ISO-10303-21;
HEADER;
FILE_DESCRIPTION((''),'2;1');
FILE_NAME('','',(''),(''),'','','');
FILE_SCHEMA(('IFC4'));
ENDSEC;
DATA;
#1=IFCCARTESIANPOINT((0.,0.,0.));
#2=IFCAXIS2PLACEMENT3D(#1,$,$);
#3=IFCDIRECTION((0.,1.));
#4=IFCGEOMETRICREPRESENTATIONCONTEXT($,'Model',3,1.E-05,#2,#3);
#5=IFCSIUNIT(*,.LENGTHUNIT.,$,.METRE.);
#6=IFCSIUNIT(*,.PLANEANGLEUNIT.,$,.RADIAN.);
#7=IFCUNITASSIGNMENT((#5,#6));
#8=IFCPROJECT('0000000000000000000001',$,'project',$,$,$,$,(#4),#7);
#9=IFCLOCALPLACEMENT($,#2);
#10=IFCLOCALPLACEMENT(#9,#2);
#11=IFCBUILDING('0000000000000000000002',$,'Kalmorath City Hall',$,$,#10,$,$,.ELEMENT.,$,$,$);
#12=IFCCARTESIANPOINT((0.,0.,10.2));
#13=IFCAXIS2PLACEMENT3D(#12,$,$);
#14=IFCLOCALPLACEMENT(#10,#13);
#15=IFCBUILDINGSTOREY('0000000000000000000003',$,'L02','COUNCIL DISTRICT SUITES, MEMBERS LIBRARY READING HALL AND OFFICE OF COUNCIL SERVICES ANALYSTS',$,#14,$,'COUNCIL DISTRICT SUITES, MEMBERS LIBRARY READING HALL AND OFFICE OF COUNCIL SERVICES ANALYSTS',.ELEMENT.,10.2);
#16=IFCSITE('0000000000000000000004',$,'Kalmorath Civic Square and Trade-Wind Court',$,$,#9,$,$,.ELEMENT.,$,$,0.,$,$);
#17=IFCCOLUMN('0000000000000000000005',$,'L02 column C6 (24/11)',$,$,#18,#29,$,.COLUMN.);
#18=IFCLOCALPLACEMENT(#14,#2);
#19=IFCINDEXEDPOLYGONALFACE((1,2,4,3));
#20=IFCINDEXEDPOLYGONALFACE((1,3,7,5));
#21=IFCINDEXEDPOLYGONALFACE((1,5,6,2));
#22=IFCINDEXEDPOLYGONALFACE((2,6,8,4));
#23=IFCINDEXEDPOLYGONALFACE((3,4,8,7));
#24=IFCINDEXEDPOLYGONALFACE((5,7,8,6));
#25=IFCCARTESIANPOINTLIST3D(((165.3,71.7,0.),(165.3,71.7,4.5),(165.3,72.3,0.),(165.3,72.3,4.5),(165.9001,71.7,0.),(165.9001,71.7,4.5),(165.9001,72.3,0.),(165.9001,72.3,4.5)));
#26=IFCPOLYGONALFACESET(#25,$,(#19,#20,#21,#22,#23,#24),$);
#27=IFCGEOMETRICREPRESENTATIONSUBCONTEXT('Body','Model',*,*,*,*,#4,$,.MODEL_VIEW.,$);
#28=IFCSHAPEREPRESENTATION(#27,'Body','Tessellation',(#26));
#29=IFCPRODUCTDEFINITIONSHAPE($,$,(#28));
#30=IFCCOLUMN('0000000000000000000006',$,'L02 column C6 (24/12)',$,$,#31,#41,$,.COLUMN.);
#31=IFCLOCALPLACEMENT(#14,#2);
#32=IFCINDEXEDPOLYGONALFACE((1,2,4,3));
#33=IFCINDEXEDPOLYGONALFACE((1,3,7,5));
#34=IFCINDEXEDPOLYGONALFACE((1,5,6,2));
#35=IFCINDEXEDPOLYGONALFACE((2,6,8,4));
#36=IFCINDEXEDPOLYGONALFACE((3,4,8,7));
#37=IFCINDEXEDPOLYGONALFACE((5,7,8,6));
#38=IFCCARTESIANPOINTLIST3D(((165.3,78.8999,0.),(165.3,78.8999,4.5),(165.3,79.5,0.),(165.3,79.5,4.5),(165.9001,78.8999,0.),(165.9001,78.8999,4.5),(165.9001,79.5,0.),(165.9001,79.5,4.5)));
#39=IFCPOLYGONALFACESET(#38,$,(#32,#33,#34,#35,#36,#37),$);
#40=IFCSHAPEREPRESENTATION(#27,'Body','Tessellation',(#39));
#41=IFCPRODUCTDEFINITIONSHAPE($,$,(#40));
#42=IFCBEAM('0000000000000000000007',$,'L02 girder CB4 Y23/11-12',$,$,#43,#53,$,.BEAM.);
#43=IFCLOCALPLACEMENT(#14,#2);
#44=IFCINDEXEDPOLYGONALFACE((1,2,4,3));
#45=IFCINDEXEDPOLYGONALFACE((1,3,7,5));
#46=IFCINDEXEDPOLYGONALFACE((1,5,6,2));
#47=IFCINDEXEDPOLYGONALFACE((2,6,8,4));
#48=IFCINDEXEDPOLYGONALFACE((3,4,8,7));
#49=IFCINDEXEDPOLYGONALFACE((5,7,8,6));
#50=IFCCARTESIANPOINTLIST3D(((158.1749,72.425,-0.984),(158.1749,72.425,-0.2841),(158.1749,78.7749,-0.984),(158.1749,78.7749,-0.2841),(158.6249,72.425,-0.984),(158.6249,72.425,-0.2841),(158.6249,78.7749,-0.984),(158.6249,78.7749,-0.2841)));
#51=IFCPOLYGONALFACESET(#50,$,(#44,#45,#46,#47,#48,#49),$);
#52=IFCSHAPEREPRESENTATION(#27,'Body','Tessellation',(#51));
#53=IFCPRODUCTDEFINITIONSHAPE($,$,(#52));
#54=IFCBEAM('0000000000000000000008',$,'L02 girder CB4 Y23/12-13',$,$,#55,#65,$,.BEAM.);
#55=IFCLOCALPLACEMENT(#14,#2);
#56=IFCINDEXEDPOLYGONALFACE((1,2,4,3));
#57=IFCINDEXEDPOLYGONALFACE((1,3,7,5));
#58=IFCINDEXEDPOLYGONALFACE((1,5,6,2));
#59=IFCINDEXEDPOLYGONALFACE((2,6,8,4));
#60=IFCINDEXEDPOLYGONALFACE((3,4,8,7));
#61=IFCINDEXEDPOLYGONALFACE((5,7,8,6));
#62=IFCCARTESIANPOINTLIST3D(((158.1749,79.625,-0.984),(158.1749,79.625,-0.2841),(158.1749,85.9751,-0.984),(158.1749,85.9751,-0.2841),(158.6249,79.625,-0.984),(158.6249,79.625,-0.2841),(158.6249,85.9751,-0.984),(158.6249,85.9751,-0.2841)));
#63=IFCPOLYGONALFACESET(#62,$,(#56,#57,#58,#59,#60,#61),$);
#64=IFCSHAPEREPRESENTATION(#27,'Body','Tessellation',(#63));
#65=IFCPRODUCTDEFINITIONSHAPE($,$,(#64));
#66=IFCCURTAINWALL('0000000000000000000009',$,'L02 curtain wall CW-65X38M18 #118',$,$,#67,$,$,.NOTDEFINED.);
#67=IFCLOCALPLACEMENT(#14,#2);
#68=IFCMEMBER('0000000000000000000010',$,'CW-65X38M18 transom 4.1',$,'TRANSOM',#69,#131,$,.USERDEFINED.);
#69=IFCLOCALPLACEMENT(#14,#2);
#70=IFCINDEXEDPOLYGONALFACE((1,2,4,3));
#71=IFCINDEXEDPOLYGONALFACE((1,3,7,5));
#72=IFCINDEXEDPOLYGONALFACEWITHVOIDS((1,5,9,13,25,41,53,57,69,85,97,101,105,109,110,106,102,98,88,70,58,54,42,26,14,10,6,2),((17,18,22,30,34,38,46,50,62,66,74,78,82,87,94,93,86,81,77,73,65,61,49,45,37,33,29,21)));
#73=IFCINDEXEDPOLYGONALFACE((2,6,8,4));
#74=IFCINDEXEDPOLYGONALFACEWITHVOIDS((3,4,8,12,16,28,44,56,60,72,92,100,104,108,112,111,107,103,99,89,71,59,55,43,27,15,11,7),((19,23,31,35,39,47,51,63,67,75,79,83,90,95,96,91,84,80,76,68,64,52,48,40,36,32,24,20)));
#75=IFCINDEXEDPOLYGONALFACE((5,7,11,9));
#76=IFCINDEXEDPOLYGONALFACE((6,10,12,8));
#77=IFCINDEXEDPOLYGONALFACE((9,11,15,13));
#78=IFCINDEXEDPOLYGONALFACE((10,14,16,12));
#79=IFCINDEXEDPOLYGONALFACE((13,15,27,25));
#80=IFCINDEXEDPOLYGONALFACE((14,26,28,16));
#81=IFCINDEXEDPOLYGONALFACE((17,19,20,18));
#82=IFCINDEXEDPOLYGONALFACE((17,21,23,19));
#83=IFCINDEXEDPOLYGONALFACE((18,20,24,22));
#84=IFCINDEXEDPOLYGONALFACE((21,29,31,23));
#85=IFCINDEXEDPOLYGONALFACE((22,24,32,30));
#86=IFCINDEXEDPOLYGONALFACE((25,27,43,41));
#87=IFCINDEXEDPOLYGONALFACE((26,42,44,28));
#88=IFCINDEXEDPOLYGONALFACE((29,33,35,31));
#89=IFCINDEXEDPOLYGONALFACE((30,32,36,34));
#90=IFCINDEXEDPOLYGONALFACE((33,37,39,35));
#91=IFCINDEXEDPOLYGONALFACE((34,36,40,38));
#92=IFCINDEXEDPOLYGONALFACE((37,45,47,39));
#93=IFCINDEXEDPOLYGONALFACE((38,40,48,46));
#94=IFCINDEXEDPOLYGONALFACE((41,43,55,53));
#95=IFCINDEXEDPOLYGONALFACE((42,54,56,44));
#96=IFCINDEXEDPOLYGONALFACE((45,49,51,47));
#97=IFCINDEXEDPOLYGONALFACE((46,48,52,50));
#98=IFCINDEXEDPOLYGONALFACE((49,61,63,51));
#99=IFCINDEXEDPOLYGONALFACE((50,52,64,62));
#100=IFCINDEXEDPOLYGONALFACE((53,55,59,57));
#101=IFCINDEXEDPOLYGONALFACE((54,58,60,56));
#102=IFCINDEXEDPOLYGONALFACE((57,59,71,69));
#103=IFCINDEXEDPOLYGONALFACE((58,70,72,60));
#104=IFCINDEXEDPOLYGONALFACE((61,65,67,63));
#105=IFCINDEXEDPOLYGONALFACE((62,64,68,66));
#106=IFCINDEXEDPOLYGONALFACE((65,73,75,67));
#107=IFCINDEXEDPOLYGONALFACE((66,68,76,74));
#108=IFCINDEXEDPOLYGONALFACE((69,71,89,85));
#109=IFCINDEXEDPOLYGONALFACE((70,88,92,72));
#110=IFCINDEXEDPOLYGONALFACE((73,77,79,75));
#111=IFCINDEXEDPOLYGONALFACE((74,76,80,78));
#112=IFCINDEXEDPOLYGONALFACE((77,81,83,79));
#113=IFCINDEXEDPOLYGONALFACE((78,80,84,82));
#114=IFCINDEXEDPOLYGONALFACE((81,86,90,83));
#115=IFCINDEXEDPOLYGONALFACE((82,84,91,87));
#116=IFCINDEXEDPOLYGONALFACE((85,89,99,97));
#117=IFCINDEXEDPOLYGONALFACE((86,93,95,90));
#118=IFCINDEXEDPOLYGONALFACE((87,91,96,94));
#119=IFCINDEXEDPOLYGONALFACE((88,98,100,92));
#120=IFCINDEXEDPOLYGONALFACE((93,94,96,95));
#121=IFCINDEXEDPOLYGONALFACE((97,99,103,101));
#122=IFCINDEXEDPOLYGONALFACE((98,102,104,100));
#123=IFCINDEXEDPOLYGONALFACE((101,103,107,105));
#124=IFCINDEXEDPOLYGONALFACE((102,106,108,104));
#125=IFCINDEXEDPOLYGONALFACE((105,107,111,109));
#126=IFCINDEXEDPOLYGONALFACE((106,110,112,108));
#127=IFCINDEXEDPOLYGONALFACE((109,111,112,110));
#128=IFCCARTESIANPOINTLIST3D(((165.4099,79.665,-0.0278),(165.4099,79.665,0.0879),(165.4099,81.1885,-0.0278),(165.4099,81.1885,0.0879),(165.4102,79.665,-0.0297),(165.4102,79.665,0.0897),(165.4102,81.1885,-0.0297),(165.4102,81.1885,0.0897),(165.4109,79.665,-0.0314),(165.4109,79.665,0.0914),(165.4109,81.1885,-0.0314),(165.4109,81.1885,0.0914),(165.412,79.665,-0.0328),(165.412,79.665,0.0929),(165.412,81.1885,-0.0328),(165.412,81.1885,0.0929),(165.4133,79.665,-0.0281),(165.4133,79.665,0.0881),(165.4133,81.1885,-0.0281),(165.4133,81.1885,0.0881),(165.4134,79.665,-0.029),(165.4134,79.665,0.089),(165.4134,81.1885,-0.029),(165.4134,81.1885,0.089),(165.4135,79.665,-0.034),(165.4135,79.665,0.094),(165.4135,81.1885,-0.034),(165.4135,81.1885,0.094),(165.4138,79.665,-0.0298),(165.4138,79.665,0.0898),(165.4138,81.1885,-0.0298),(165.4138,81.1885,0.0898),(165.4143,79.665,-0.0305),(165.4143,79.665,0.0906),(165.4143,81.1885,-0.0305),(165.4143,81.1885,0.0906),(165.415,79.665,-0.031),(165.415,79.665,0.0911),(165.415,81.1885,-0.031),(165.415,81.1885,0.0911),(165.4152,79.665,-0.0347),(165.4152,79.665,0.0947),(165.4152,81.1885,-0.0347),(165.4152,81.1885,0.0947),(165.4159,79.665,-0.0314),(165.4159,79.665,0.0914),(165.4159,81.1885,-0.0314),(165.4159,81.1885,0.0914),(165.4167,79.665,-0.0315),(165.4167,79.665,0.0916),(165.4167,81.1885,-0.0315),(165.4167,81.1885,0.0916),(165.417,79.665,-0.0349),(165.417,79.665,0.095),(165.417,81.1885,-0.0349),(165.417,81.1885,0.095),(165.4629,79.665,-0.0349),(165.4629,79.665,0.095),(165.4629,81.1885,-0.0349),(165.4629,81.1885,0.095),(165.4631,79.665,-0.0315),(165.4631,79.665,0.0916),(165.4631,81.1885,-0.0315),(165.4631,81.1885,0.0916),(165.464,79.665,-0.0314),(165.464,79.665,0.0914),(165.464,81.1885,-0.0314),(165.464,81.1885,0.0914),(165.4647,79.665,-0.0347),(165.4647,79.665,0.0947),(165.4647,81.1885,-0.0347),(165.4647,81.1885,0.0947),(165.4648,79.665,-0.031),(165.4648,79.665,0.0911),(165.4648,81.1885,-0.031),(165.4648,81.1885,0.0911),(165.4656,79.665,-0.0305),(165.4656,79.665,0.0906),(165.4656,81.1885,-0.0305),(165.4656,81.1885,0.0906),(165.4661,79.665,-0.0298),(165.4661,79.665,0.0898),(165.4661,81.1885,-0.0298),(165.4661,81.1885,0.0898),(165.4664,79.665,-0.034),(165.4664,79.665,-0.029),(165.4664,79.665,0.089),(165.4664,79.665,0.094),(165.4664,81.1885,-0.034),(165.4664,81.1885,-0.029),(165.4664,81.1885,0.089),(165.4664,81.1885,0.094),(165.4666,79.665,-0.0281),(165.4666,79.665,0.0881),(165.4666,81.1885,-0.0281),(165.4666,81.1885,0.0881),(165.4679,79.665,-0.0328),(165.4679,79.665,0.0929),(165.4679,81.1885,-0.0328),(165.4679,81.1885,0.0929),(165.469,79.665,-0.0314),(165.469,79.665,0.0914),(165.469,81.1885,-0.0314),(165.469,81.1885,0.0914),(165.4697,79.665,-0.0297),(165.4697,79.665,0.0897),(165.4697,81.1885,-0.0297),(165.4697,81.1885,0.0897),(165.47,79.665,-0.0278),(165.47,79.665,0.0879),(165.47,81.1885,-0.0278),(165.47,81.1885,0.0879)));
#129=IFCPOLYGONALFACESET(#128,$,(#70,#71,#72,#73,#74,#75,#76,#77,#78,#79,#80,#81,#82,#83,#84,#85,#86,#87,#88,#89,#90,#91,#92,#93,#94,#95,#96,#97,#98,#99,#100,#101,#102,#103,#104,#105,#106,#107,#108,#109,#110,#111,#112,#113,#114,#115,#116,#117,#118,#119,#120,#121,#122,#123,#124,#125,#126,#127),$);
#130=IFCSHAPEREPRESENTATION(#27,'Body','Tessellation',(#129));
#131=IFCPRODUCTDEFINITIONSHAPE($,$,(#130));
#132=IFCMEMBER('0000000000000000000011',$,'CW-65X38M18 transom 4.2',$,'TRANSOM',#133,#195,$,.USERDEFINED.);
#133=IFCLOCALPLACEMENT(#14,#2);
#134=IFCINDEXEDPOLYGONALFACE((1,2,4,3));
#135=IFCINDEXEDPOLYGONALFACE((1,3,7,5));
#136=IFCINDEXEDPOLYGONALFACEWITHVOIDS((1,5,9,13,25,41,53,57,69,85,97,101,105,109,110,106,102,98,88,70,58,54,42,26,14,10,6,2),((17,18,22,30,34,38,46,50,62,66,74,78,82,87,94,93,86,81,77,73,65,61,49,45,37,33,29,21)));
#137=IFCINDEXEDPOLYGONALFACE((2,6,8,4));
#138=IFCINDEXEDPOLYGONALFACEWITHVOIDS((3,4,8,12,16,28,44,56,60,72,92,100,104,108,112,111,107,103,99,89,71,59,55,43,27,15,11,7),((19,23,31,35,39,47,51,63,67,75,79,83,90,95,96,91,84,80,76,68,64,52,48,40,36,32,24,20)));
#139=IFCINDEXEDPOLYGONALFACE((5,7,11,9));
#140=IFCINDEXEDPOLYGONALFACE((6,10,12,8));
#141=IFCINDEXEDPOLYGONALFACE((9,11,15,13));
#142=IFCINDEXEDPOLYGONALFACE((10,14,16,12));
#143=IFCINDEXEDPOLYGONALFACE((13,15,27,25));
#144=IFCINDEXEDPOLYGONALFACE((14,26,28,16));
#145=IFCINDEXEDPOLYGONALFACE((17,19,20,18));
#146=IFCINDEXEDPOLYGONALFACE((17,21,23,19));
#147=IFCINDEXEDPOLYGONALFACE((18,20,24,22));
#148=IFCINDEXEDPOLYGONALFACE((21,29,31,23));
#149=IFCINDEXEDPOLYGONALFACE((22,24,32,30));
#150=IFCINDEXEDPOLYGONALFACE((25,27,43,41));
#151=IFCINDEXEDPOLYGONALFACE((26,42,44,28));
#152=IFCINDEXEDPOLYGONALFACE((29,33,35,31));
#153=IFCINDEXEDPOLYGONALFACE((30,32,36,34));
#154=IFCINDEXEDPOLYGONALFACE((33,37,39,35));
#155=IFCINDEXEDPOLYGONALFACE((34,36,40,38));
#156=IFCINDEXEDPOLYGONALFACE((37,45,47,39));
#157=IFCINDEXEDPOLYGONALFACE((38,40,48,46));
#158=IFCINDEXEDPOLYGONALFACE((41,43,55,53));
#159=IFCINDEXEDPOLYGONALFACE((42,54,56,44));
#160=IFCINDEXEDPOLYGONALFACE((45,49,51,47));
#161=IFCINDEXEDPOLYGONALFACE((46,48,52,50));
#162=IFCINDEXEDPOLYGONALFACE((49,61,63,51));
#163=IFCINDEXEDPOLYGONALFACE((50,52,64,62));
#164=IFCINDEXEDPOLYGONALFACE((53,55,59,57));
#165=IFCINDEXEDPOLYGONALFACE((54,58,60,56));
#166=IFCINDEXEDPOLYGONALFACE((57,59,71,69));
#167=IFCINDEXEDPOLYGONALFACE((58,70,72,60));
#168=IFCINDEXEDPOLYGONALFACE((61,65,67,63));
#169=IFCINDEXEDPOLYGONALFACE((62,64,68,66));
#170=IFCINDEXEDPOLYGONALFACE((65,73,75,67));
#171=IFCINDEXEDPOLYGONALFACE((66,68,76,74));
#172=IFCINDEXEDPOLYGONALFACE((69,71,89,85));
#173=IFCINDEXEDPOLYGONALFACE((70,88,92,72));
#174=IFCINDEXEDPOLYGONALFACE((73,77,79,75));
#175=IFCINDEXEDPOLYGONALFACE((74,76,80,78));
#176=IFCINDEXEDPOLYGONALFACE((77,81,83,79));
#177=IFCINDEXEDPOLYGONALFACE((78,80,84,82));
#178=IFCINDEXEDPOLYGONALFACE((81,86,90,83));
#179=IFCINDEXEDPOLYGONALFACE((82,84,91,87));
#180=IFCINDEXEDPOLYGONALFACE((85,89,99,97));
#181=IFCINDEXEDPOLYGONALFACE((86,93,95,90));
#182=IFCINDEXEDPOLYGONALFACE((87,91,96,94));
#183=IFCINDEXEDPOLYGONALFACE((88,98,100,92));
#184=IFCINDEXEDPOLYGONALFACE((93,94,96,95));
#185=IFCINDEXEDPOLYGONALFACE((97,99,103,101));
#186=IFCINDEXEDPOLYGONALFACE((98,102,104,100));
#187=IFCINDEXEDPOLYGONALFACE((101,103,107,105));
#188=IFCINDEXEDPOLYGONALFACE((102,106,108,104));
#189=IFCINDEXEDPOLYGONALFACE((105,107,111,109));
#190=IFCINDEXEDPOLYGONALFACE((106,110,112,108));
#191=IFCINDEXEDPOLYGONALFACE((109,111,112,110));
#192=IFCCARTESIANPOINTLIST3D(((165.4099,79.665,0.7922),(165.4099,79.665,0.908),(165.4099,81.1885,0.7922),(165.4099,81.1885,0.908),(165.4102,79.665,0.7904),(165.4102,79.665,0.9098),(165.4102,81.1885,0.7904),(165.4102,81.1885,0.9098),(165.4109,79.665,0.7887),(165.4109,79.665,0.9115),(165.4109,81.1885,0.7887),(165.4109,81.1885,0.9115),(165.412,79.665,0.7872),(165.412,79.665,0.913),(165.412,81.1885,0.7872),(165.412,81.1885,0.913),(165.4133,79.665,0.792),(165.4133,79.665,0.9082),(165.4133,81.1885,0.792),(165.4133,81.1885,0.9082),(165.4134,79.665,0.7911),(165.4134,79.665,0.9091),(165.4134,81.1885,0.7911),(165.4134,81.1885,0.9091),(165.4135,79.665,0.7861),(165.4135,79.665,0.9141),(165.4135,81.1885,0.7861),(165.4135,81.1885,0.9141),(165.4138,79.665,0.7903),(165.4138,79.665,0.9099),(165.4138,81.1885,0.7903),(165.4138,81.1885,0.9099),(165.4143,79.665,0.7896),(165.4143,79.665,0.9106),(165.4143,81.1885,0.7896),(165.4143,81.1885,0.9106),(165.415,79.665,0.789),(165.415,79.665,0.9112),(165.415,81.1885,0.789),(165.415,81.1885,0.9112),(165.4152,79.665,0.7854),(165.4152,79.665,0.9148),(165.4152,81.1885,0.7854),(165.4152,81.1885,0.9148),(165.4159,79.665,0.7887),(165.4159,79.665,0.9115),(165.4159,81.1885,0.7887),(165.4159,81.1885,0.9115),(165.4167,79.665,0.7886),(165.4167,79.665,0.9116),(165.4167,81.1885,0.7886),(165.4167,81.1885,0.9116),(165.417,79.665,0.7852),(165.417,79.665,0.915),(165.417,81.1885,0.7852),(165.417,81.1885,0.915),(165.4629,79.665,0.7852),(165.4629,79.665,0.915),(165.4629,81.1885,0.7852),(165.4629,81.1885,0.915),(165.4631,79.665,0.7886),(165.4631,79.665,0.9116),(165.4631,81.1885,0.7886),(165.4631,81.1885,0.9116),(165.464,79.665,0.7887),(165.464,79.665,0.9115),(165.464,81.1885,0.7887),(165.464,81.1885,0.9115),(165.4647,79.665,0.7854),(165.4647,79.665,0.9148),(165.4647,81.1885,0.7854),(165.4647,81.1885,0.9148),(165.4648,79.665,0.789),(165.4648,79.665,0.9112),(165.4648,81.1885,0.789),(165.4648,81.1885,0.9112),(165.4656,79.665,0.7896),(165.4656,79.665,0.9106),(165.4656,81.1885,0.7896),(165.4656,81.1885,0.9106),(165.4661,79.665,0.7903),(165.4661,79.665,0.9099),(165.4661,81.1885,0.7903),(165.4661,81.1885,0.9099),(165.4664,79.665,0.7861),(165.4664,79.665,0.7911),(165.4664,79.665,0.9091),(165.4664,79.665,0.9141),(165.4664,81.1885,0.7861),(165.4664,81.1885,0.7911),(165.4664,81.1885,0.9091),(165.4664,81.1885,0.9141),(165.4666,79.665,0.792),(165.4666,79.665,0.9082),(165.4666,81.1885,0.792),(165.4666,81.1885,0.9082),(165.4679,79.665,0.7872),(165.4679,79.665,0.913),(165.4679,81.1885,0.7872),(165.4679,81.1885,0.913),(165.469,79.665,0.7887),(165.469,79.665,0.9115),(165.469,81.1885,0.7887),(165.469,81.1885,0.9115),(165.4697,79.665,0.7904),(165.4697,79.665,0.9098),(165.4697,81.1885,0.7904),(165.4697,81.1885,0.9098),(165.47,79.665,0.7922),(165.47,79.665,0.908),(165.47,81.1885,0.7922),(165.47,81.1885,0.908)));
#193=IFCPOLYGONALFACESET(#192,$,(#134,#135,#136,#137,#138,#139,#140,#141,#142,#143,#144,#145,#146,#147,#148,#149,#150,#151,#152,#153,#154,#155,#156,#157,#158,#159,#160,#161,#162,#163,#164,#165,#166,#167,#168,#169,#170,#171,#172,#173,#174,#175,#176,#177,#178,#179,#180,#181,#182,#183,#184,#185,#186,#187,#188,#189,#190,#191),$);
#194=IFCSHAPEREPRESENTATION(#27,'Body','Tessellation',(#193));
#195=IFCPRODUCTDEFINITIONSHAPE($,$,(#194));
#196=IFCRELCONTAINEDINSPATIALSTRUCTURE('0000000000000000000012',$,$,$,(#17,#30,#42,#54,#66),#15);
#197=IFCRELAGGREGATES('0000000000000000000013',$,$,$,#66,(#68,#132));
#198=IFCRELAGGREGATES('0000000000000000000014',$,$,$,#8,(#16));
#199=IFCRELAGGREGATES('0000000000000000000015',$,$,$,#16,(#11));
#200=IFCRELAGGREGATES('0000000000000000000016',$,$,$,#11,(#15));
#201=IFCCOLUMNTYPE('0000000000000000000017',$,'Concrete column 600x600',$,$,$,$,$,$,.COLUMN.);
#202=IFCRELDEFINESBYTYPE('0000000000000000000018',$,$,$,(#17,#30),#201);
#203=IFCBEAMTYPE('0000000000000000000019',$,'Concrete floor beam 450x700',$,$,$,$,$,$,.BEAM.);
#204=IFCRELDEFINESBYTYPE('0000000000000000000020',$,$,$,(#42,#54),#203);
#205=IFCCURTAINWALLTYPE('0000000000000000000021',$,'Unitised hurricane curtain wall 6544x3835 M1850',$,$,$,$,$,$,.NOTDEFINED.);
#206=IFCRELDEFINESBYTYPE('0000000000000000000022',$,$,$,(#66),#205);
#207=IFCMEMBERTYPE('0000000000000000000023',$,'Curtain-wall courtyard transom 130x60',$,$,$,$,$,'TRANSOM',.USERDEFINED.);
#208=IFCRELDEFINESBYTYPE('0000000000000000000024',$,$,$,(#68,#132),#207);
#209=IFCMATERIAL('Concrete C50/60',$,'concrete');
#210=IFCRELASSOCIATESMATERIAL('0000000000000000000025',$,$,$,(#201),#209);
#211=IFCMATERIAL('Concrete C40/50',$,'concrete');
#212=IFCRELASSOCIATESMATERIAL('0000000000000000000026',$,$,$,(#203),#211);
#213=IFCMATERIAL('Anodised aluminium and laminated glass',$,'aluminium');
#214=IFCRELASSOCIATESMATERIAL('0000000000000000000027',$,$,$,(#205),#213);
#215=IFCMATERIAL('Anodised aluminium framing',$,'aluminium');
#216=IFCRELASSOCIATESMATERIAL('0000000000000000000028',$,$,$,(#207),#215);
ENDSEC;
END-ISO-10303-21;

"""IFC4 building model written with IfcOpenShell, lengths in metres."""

from ifc_helpers import new_model, si_unit, direction, frame, origin, origin_2d, place, context, subcontext, project, spatial, rectangle, hollow_rectangle, extrude, material, material_profile, profile_set, type_object, element, aggregate, save


model = new_model("IFC4")

# Units and contexts
model_context = context("Model", 3, precision=1e-05, world=origin(), true_north=direction((0.0, 1.0)))
body_context = subcontext(model_context, "Body", "Model", "MODEL_VIEW")
ifc_project = project(units=[si_unit("LENGTHUNIT", "METRE"), si_unit("PLANEANGLEUNIT", "RADIAN")], contexts=[model_context])

# Site, building, storey
site_placement = place(None, origin())
site = spatial("IfcSite", under=ifc_project, at=site_placement, Name="Kalmorath Civic Square and Trade-Wind Court", CompositionType="ELEMENT", RefElevation=0.0)
building_placement = place(site_placement, origin())
building = spatial("IfcBuilding", under=site, at=building_placement, Name="Kalmorath City Hall", CompositionType="ELEMENT")
storey_placement = place(building_placement, frame((0.0, 0.0, 10.2)))
storey = spatial("IfcBuildingStorey", under=building, at=storey_placement, Name="L02", Description="COUNCIL DISTRICT SUITES, MEMBERS LIBRARY READING HALL AND OFFICE OF COUNCIL SERVICES ANALYSTS", LongName="COUNCIL DISTRICT SUITES, MEMBERS LIBRARY READING HALL AND OFFICE OF COUNCIL SERVICES ANALYSTS", CompositionType="ELEMENT", Elevation=10.2)

# Columns
ifc_material_1 = material(Name="Concrete C50/60", Category="concrete")
ifc_material_profile_1 = material_profile(ifc_material_1, rectangle(XDim=0.6001, YDim=0.6001, at=origin_2d()), Name="RC-COL-600X600")
ifc_profile_set_1 = profile_set([ifc_material_profile_1], Name="Concrete C50/60")
column_type = type_object("IfcColumnType", Name="Concrete column 600x600", PredefinedType="COLUMN", material=ifc_profile_set_1)
for number, where, z_axis, x_axis, name in (
    (1, (165.6001, 72.0, 0.0), (0.0, 0.0, 1.0), (1.0, 0.0, 0.0), "L02 column C6 (24/11)"),
    (2, (165.6001, 79.2, 0.0), (0.0, 0.0, 1.0), (1.0, 0.0, 0.0), "L02 column C6 (24/12)"),
):
    element("IfcColumn", number, at=place(storey_placement, frame(where, z_axis=z_axis, x_axis=x_axis)), inside=storey, type_object=column_type, Name=name, PredefinedType="COLUMN", context=body_context, shape_type="SweptSolid", body=[
        extrude(rectangle(XDim=0.6001, YDim=0.6001, at=origin_2d()), origin(), (0.0, 0.0, 1.0), 4.5),
    ])

# Beams
ifc_material_2 = material(Name="Concrete C40/50", Category="concrete")
ifc_material_profile_2 = material_profile(ifc_material_2, rectangle(XDim=0.45, YDim=0.7, at=origin_2d()), Name="RC-BM-450X700")
ifc_profile_set_2 = profile_set([ifc_material_profile_2], Name="Concrete C40/50")
beam_type_1 = type_object("IfcBeamType", Name="Concrete floor beam 450x700", PredefinedType="BEAM", material=ifc_profile_set_2)
beam_1_placement = place(storey_placement, frame((158.3999, 72.425, -0.634), z_axis=(0.0, 1.0, 0.0), x_axis=(-1.0, 0.0, 0.0)))
element("IfcBeam", 3, at=beam_1_placement, inside=storey, type_object=beam_type_1, Name="L02 girder CB4 Y23/11-12", PredefinedType="BEAM", context=body_context, shape_type="SweptSolid", body=[
    extrude(rectangle(XDim=0.45, YDim=0.7, at=origin_2d()), origin(), (0.0, 0.0, 1.0), 6.3499),
])
beam_2_placement = place(storey_placement, frame((158.3999, 79.625, -0.634), z_axis=(0.0, 1.0, 0.0), x_axis=(-1.0, 0.0, 0.0)))
element("IfcBeam", 4, at=beam_2_placement, inside=storey, type_object=beam_type_1, Name="L02 girder CB4 Y23/12-13", PredefinedType="BEAM", context=body_context, shape_type="SweptSolid", body=[
    extrude(rectangle(XDim=0.45, YDim=0.7, at=origin_2d()), origin(), (0.0, 0.0, 1.0), 6.3501),
])

# Curtain wall, members
ifc_material_3 = material(Name="Anodised aluminium and laminated glass", Category="aluminium")
curtain_wall_type_1 = type_object("IfcCurtainWallType", Name="Unitised hurricane curtain wall 6544x3835 M1850", PredefinedType="NOTDEFINED", material=ifc_material_3)
curtain_wall_1_placement = place(storey_placement, origin())
curtain_wall_1 = element("IfcCurtainWall", 5, at=curtain_wall_1_placement, inside=storey, type_object=curtain_wall_type_1, Name="L02 curtain wall CW-65X38M18 #118", PredefinedType="NOTDEFINED")
ifc_material_4 = material(Name="Anodised aluminium framing", Category="aluminium")
ifc_material_profile_3 = material_profile(ifc_material_4, hollow_rectangle(XDim=0.0601, YDim=0.1299, WallThickness=0.0034, InnerFilletRadius=0.0034, OuterFilletRadius=0.0071, at=origin_2d()), Name="ALU-TRN-130X60X3.5")
ifc_profile_set_3 = profile_set([ifc_material_profile_3], Name="Anodised aluminium framing")
member_type_1 = type_object("IfcMemberType", Name="Curtain-wall courtyard transom 130x60", ElementType="TRANSOM", PredefinedType="USERDEFINED", material=ifc_profile_set_3)
member_1_placement = place(storey_placement, frame((165.4399, 81.1885, 0.03), z_axis=(0.0, -1.0, 0.0), x_axis=(1.0, 0.0, 0.0)))
member_1 = element("IfcMember", 6, at=member_1_placement, type_object=member_type_1, Name="CW-65X38M18 transom 4.1", ObjectType="TRANSOM", PredefinedType="USERDEFINED", context=body_context, shape_type="SweptSolid", body=[
    extrude(hollow_rectangle(XDim=0.0601, YDim=0.1299, WallThickness=0.0034, InnerFilletRadius=0.0034, OuterFilletRadius=0.0071, at=origin_2d()), origin(), (0.0, 0.0, 1.0), 1.5234),
])
member_2_placement = place(storey_placement, frame((165.4399, 81.1885, 0.8501), z_axis=(0.0, -1.0, 0.0), x_axis=(1.0, 0.0, 0.0)))
member_2 = element("IfcMember", 7, at=member_2_placement, type_object=member_type_1, Name="CW-65X38M18 transom 4.2", ObjectType="TRANSOM", PredefinedType="USERDEFINED", context=body_context, shape_type="SweptSolid", body=[
    extrude(hollow_rectangle(XDim=0.0601, YDim=0.1299, WallThickness=0.0034, InnerFilletRadius=0.0034, OuterFilletRadius=0.0071, at=origin_2d()), origin(), (0.0, 0.0, 1.0), 1.5234),
])

aggregate(curtain_wall_1, [member_1, member_2])

save(model, "model.ifc")
